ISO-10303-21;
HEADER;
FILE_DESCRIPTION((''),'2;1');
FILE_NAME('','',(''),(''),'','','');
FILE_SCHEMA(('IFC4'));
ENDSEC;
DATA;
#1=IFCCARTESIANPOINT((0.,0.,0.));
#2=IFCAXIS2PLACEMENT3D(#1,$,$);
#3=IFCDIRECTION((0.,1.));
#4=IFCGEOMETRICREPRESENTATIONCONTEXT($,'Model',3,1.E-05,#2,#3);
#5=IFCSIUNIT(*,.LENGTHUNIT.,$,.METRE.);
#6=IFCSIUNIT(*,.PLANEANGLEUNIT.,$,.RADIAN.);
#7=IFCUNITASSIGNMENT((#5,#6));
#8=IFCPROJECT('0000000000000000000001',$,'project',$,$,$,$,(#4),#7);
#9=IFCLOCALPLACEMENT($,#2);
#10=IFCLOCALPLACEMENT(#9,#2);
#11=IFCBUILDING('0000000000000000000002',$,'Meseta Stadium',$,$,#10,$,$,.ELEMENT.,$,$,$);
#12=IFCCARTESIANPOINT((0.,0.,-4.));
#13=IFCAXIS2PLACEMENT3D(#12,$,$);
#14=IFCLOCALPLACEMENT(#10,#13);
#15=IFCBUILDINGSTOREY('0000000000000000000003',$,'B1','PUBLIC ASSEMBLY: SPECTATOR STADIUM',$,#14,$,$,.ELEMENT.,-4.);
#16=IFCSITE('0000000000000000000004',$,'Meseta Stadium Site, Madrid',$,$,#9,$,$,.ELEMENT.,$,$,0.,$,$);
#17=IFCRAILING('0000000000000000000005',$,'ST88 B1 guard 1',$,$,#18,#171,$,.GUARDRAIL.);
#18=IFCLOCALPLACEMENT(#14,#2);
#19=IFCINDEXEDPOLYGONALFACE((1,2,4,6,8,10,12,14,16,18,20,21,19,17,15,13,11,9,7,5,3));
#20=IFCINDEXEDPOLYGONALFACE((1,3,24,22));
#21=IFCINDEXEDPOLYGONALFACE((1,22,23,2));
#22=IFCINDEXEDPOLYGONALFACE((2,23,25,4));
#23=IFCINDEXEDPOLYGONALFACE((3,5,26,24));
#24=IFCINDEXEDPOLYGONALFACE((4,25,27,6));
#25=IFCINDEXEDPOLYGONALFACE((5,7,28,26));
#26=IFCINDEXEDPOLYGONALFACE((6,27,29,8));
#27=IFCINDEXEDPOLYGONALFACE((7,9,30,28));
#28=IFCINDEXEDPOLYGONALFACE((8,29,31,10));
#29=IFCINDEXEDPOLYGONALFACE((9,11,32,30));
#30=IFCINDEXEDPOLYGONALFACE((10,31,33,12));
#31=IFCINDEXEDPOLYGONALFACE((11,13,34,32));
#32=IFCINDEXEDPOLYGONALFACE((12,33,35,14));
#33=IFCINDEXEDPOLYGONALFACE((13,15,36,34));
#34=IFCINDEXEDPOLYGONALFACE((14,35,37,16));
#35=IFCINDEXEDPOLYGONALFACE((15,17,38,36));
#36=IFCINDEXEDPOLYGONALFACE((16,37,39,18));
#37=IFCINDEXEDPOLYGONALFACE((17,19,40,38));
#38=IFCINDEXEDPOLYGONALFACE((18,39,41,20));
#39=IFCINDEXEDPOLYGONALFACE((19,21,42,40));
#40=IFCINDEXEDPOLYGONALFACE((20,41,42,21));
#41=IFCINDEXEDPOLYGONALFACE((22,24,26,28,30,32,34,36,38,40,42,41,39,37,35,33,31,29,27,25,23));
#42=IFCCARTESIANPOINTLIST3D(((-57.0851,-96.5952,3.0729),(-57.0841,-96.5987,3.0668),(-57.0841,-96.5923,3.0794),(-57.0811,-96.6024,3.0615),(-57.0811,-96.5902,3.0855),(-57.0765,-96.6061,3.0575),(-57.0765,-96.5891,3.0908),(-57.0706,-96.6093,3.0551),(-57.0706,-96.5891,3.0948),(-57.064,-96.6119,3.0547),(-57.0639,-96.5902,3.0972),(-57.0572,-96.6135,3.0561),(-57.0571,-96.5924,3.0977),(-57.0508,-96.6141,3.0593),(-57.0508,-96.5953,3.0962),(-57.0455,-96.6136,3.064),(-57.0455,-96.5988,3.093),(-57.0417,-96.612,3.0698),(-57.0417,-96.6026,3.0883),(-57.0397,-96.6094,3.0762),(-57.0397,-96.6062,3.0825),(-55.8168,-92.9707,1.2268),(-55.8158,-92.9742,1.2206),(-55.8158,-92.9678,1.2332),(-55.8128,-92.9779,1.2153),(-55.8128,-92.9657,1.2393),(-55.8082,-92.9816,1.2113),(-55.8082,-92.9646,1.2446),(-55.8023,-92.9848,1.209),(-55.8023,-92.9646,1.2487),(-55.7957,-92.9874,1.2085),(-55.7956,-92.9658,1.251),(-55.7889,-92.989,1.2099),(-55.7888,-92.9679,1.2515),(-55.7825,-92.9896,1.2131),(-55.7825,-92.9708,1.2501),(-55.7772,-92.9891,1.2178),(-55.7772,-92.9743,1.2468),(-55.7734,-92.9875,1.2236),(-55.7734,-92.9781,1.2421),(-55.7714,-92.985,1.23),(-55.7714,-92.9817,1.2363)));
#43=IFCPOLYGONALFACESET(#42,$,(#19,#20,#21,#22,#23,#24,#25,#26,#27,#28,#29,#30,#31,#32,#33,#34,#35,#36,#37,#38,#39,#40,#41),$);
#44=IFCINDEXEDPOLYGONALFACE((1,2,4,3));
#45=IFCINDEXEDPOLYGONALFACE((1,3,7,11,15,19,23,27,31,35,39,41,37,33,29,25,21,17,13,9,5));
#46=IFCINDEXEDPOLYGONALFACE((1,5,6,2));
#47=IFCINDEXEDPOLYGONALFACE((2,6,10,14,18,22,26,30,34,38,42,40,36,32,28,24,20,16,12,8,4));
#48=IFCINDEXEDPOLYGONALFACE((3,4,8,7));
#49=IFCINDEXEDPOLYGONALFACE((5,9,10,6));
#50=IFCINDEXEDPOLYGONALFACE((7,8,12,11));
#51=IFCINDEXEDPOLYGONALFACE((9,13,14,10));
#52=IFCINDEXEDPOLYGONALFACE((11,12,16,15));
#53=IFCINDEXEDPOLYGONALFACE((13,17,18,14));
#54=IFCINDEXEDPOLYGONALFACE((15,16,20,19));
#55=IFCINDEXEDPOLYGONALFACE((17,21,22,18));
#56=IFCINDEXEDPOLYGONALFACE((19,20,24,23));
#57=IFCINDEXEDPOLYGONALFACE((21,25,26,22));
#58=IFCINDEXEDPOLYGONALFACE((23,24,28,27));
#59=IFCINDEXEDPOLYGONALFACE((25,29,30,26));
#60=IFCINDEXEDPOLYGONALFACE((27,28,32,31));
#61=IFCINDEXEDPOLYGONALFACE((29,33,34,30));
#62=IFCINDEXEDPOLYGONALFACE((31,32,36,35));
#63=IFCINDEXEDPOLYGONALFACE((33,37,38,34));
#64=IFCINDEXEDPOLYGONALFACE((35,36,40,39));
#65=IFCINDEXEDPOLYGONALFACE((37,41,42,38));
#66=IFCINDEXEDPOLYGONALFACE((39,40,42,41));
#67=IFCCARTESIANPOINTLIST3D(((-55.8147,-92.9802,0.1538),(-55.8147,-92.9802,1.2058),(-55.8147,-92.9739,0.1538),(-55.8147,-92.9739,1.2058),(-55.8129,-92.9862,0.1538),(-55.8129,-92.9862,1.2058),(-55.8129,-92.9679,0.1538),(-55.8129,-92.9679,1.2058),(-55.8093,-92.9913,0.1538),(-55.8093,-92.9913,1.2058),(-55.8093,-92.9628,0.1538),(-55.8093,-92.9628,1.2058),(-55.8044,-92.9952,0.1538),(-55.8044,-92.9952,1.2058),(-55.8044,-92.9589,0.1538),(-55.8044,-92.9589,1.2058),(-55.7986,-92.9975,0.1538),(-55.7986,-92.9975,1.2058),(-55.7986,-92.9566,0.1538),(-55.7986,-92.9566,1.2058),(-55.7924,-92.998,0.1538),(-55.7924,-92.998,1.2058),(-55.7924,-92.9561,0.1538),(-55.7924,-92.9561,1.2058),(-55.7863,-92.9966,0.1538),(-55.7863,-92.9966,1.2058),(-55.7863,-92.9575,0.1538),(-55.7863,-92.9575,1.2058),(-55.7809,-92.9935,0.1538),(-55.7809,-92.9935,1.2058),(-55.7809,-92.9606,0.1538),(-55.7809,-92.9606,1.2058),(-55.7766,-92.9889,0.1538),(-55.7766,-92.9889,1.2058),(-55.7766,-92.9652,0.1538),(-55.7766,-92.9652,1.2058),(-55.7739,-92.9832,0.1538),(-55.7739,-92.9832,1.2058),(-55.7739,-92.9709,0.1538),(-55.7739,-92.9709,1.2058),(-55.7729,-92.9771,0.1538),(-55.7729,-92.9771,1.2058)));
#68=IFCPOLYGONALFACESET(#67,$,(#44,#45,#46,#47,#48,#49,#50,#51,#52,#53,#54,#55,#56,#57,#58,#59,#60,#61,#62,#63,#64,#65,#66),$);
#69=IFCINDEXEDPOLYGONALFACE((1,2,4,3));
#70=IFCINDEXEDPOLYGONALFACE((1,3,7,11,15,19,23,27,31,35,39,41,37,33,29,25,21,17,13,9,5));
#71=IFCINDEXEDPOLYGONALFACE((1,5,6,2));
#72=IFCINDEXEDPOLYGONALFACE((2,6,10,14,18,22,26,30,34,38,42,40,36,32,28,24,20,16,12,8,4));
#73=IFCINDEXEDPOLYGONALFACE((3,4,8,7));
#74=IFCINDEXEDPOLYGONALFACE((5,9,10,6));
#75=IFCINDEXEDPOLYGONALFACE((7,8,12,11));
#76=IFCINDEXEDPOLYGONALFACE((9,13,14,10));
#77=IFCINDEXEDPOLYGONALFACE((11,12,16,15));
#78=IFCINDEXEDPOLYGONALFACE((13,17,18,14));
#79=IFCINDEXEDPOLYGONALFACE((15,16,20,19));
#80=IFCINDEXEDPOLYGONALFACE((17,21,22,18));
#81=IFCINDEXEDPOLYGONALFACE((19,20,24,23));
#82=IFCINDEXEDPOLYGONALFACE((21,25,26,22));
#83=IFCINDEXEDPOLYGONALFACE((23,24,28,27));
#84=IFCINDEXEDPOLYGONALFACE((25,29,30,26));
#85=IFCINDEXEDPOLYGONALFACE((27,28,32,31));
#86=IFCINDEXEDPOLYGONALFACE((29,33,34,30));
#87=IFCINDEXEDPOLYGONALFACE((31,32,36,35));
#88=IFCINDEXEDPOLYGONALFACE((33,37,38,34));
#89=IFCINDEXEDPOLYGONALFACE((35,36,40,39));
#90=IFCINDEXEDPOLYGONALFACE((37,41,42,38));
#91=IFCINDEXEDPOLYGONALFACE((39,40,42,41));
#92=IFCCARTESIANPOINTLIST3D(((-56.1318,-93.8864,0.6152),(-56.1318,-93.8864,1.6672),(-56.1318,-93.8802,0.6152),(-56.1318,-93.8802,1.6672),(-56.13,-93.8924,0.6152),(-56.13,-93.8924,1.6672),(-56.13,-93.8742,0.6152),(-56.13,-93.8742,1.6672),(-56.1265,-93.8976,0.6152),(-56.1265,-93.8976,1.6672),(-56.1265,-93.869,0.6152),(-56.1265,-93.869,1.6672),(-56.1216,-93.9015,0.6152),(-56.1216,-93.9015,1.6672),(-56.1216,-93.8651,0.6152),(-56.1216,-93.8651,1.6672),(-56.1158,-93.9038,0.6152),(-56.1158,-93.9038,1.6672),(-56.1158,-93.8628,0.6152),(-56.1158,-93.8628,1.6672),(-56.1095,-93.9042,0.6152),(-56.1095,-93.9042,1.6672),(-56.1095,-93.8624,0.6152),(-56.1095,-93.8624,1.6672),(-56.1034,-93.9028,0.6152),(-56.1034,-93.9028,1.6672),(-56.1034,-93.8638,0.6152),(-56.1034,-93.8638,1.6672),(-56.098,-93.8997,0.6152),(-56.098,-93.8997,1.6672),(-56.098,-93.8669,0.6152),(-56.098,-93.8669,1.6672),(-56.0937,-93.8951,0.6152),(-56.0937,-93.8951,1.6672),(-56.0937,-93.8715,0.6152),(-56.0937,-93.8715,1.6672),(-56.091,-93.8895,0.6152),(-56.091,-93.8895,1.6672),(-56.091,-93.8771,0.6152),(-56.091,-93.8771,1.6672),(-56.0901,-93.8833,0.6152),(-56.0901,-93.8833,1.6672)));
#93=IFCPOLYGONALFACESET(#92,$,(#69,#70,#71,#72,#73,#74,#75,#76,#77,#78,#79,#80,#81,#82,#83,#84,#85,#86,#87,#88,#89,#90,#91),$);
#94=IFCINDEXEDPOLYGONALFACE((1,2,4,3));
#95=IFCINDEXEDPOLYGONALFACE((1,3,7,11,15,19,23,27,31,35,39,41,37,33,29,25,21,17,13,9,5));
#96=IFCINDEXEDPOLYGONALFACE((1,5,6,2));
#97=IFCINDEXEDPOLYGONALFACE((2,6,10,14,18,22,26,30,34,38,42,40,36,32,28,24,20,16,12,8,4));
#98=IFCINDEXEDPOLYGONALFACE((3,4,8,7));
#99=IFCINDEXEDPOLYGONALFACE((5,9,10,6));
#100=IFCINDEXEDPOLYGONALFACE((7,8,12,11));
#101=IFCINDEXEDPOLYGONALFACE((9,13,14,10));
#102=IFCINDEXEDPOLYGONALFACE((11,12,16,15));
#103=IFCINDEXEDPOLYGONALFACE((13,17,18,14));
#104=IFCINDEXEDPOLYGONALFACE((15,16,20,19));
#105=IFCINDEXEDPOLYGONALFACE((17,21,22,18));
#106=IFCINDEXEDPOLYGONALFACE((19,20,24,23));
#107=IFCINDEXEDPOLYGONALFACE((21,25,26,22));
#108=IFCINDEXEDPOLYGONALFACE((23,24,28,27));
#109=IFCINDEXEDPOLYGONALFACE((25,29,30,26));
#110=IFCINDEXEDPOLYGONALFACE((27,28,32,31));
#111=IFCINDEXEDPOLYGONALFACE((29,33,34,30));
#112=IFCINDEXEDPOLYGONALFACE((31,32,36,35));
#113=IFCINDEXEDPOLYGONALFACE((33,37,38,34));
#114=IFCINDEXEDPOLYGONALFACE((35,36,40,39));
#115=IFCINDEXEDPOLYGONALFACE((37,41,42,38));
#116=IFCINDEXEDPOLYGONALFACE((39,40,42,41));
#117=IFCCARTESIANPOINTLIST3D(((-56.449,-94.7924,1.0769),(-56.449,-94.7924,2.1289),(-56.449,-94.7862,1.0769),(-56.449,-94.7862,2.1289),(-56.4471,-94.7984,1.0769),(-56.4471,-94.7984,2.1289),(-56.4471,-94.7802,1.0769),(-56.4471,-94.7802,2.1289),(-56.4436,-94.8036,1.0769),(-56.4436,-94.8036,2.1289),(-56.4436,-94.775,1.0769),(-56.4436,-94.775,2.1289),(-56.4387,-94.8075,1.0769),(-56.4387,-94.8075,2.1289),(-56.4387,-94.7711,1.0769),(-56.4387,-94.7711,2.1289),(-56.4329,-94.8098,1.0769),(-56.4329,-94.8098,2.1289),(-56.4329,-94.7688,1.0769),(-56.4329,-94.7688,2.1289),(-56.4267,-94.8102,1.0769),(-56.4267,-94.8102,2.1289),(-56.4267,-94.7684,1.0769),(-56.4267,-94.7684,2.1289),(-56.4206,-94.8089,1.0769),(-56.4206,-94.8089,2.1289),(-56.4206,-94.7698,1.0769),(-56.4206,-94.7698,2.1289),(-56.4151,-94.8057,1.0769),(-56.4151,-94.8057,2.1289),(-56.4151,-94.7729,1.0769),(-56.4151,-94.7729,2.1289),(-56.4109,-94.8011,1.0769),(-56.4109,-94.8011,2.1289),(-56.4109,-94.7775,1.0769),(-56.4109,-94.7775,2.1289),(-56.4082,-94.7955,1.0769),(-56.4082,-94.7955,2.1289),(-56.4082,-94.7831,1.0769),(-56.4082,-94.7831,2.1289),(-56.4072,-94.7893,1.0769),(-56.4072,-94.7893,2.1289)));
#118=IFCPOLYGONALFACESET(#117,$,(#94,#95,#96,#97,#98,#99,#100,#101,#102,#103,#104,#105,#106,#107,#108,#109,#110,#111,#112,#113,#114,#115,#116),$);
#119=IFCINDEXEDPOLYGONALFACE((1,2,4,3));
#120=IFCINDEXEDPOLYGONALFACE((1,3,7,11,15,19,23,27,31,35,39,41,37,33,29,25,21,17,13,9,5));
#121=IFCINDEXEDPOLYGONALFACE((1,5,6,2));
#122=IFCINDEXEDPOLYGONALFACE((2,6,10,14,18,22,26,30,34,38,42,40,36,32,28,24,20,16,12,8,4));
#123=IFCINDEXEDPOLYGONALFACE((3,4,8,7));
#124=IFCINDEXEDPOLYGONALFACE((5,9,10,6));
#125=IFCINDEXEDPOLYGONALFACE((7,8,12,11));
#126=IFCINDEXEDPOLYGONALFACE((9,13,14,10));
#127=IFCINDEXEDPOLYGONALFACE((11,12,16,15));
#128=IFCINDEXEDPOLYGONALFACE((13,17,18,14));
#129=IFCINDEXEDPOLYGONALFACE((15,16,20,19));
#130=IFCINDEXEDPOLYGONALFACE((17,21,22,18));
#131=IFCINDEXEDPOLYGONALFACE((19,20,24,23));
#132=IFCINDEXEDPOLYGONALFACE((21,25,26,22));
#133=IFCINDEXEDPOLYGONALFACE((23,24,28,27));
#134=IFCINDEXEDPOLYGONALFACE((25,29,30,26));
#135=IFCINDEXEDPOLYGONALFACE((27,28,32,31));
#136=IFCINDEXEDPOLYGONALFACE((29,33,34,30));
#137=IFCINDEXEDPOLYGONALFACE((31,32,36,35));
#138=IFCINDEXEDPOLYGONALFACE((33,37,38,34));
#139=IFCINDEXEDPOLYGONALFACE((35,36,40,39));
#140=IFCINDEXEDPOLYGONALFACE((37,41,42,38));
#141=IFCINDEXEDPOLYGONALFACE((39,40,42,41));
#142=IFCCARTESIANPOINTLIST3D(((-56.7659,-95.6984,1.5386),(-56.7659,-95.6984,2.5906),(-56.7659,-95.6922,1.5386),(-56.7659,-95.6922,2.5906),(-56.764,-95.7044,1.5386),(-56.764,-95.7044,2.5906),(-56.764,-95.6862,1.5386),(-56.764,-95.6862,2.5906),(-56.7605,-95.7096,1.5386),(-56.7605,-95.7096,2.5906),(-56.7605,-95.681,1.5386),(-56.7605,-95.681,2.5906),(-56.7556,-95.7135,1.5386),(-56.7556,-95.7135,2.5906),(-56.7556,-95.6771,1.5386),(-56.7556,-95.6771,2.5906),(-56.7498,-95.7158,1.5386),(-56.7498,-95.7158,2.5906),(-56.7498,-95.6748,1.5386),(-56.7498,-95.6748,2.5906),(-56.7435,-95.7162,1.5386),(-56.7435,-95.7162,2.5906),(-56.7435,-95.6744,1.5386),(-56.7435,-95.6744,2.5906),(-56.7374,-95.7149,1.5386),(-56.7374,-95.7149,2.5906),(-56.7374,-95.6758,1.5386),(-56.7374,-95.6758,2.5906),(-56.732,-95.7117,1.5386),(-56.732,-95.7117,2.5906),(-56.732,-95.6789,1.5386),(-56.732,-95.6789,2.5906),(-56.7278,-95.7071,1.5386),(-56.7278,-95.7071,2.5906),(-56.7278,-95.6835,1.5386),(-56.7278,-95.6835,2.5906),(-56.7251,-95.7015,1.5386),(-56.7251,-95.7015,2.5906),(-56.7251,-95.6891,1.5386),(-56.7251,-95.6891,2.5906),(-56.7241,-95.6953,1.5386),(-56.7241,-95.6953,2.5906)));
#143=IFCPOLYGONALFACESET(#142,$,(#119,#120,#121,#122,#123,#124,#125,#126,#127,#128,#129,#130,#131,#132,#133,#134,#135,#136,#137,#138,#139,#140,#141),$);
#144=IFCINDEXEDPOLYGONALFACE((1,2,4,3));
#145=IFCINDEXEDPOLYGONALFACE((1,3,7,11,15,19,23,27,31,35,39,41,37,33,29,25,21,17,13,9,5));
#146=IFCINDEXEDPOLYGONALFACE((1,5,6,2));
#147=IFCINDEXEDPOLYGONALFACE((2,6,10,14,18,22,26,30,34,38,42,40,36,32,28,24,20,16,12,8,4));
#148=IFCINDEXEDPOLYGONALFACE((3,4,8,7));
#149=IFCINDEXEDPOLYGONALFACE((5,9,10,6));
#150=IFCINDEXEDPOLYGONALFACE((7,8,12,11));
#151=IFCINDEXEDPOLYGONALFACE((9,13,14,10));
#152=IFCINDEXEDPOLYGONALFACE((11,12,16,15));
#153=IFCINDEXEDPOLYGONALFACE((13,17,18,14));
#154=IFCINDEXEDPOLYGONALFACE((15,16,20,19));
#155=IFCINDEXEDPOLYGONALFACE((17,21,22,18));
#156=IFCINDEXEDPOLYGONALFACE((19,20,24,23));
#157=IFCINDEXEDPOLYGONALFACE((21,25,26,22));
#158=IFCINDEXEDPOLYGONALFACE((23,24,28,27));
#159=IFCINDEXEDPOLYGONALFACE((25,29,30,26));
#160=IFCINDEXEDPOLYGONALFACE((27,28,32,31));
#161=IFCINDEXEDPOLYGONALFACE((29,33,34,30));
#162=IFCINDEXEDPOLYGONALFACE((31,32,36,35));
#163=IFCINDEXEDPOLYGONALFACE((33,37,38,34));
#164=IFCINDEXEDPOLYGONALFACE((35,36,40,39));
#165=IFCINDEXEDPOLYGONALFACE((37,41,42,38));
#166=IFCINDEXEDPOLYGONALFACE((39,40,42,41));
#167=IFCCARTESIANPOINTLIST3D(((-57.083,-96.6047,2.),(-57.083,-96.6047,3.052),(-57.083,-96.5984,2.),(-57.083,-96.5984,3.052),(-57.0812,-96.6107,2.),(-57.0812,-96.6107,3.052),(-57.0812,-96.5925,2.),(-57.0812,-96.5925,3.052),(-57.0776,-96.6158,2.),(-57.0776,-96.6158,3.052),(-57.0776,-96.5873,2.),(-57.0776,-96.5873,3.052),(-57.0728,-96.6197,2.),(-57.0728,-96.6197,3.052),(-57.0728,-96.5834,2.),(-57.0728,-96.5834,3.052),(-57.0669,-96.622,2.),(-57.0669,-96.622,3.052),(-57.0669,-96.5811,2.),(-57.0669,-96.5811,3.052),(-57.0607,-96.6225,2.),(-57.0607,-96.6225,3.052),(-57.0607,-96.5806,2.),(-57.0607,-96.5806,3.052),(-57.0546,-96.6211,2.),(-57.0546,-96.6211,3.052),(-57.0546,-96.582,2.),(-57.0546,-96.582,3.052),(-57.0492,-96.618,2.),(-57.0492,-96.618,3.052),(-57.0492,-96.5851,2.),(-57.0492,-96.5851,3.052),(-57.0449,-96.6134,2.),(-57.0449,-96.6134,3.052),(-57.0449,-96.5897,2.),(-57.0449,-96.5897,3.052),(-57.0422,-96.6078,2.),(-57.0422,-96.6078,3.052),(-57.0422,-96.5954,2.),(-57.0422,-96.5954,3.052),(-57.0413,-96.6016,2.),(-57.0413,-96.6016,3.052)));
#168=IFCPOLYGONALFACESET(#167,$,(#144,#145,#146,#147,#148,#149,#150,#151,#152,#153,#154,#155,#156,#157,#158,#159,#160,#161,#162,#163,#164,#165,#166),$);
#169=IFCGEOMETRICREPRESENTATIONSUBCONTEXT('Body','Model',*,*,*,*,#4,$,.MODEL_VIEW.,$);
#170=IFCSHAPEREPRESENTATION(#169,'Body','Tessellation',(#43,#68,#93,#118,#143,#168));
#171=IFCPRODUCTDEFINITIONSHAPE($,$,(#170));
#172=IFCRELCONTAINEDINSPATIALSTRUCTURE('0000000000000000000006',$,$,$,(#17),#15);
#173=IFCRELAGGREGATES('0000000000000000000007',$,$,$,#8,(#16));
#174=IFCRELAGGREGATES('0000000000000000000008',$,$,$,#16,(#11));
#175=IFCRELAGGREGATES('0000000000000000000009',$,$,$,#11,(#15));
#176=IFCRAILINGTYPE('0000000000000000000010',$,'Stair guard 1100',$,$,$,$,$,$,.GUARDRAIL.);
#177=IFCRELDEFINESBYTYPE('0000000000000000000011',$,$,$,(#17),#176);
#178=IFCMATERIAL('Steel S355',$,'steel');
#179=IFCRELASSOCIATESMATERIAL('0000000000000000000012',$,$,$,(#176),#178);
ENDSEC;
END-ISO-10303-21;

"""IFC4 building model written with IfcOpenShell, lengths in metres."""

from ifc_helpers import new_model, si_unit, direction, frame, origin, origin_2d, place, context, subcontext, project, spatial, circle, extrude, material, type_object, element, save


model = new_model("IFC4")

# Units and contexts
model_context = context("Model", 3, precision=1e-05, world=origin(), true_north=direction((0.0, 1.0)))
body_context = subcontext(model_context, "Body", "Model", "MODEL_VIEW")
ifc_project = project(units=[si_unit("LENGTHUNIT", "METRE"), si_unit("PLANEANGLEUNIT", "RADIAN")], contexts=[model_context])

# Site, building, storey
site_placement = place(None, origin())
site = spatial("IfcSite", under=ifc_project, at=site_placement, Name="Meseta Stadium Site, Madrid", CompositionType="ELEMENT", RefElevation=0.0)
building_placement = place(site_placement, origin())
building = spatial("IfcBuilding", under=site, at=building_placement, Name="Meseta Stadium", CompositionType="ELEMENT")
storey_placement = place(building_placement, frame((0.0, 0.0, -4.0)))
storey = spatial("IfcBuildingStorey", under=building, at=storey_placement, Name="B1", Description="PUBLIC ASSEMBLY: SPECTATOR STADIUM", CompositionType="ELEMENT", Elevation=-4.0)

# Railing
ifc_material_1 = material(Name="Steel S355", Category="steel")
railing_type_1 = type_object("IfcRailingType", Name="Stair guard 1100", PredefinedType="GUARDRAIL", material=ifc_material_1)
railing_1_placement = place(storey_placement, frame((-55.7939, -92.9771, 0.1538)))
element("IfcRailing", 1, at=railing_1_placement, inside=storey, type_object=railing_type_1, Name="ST88 B1 guard 1", PredefinedType="GUARDRAIL", context=body_context, shape_type="SweptSolid", body=[
    extrude(circle(Radius=0.0239, at=origin_2d()), frame((0.0, 0.0, 1.0762), z_axis=(-0.297672, -0.850672, 0.4333), x_axis=(0.94388, -0.330288, 0.0)), (0.0, 0.0, 1.0), 4.2607),
    extrude(circle(Radius=0.021, at=origin_2d()), origin(), (0.0, 0.0, 1.0), 1.052),
    extrude(circle(Radius=0.021, at=origin_2d()), frame((-0.3171, -0.9062, 0.4614)), (0.0, 0.0, 1.0), 1.052),
    extrude(circle(Radius=0.021, at=origin_2d()), frame((-0.6343, -1.8123, 0.9231)), (0.0, 0.0, 1.0), 1.052),
    extrude(circle(Radius=0.021, at=origin_2d()), frame((-0.9512, -2.7183, 1.3848)), (0.0, 0.0, 1.0), 1.052),
    extrude(circle(Radius=0.021, at=origin_2d()), frame((-1.2683, -3.6245, 1.8462)), (0.0, 0.0, 1.0), 1.052),
])

save(model, "model.ifc")
